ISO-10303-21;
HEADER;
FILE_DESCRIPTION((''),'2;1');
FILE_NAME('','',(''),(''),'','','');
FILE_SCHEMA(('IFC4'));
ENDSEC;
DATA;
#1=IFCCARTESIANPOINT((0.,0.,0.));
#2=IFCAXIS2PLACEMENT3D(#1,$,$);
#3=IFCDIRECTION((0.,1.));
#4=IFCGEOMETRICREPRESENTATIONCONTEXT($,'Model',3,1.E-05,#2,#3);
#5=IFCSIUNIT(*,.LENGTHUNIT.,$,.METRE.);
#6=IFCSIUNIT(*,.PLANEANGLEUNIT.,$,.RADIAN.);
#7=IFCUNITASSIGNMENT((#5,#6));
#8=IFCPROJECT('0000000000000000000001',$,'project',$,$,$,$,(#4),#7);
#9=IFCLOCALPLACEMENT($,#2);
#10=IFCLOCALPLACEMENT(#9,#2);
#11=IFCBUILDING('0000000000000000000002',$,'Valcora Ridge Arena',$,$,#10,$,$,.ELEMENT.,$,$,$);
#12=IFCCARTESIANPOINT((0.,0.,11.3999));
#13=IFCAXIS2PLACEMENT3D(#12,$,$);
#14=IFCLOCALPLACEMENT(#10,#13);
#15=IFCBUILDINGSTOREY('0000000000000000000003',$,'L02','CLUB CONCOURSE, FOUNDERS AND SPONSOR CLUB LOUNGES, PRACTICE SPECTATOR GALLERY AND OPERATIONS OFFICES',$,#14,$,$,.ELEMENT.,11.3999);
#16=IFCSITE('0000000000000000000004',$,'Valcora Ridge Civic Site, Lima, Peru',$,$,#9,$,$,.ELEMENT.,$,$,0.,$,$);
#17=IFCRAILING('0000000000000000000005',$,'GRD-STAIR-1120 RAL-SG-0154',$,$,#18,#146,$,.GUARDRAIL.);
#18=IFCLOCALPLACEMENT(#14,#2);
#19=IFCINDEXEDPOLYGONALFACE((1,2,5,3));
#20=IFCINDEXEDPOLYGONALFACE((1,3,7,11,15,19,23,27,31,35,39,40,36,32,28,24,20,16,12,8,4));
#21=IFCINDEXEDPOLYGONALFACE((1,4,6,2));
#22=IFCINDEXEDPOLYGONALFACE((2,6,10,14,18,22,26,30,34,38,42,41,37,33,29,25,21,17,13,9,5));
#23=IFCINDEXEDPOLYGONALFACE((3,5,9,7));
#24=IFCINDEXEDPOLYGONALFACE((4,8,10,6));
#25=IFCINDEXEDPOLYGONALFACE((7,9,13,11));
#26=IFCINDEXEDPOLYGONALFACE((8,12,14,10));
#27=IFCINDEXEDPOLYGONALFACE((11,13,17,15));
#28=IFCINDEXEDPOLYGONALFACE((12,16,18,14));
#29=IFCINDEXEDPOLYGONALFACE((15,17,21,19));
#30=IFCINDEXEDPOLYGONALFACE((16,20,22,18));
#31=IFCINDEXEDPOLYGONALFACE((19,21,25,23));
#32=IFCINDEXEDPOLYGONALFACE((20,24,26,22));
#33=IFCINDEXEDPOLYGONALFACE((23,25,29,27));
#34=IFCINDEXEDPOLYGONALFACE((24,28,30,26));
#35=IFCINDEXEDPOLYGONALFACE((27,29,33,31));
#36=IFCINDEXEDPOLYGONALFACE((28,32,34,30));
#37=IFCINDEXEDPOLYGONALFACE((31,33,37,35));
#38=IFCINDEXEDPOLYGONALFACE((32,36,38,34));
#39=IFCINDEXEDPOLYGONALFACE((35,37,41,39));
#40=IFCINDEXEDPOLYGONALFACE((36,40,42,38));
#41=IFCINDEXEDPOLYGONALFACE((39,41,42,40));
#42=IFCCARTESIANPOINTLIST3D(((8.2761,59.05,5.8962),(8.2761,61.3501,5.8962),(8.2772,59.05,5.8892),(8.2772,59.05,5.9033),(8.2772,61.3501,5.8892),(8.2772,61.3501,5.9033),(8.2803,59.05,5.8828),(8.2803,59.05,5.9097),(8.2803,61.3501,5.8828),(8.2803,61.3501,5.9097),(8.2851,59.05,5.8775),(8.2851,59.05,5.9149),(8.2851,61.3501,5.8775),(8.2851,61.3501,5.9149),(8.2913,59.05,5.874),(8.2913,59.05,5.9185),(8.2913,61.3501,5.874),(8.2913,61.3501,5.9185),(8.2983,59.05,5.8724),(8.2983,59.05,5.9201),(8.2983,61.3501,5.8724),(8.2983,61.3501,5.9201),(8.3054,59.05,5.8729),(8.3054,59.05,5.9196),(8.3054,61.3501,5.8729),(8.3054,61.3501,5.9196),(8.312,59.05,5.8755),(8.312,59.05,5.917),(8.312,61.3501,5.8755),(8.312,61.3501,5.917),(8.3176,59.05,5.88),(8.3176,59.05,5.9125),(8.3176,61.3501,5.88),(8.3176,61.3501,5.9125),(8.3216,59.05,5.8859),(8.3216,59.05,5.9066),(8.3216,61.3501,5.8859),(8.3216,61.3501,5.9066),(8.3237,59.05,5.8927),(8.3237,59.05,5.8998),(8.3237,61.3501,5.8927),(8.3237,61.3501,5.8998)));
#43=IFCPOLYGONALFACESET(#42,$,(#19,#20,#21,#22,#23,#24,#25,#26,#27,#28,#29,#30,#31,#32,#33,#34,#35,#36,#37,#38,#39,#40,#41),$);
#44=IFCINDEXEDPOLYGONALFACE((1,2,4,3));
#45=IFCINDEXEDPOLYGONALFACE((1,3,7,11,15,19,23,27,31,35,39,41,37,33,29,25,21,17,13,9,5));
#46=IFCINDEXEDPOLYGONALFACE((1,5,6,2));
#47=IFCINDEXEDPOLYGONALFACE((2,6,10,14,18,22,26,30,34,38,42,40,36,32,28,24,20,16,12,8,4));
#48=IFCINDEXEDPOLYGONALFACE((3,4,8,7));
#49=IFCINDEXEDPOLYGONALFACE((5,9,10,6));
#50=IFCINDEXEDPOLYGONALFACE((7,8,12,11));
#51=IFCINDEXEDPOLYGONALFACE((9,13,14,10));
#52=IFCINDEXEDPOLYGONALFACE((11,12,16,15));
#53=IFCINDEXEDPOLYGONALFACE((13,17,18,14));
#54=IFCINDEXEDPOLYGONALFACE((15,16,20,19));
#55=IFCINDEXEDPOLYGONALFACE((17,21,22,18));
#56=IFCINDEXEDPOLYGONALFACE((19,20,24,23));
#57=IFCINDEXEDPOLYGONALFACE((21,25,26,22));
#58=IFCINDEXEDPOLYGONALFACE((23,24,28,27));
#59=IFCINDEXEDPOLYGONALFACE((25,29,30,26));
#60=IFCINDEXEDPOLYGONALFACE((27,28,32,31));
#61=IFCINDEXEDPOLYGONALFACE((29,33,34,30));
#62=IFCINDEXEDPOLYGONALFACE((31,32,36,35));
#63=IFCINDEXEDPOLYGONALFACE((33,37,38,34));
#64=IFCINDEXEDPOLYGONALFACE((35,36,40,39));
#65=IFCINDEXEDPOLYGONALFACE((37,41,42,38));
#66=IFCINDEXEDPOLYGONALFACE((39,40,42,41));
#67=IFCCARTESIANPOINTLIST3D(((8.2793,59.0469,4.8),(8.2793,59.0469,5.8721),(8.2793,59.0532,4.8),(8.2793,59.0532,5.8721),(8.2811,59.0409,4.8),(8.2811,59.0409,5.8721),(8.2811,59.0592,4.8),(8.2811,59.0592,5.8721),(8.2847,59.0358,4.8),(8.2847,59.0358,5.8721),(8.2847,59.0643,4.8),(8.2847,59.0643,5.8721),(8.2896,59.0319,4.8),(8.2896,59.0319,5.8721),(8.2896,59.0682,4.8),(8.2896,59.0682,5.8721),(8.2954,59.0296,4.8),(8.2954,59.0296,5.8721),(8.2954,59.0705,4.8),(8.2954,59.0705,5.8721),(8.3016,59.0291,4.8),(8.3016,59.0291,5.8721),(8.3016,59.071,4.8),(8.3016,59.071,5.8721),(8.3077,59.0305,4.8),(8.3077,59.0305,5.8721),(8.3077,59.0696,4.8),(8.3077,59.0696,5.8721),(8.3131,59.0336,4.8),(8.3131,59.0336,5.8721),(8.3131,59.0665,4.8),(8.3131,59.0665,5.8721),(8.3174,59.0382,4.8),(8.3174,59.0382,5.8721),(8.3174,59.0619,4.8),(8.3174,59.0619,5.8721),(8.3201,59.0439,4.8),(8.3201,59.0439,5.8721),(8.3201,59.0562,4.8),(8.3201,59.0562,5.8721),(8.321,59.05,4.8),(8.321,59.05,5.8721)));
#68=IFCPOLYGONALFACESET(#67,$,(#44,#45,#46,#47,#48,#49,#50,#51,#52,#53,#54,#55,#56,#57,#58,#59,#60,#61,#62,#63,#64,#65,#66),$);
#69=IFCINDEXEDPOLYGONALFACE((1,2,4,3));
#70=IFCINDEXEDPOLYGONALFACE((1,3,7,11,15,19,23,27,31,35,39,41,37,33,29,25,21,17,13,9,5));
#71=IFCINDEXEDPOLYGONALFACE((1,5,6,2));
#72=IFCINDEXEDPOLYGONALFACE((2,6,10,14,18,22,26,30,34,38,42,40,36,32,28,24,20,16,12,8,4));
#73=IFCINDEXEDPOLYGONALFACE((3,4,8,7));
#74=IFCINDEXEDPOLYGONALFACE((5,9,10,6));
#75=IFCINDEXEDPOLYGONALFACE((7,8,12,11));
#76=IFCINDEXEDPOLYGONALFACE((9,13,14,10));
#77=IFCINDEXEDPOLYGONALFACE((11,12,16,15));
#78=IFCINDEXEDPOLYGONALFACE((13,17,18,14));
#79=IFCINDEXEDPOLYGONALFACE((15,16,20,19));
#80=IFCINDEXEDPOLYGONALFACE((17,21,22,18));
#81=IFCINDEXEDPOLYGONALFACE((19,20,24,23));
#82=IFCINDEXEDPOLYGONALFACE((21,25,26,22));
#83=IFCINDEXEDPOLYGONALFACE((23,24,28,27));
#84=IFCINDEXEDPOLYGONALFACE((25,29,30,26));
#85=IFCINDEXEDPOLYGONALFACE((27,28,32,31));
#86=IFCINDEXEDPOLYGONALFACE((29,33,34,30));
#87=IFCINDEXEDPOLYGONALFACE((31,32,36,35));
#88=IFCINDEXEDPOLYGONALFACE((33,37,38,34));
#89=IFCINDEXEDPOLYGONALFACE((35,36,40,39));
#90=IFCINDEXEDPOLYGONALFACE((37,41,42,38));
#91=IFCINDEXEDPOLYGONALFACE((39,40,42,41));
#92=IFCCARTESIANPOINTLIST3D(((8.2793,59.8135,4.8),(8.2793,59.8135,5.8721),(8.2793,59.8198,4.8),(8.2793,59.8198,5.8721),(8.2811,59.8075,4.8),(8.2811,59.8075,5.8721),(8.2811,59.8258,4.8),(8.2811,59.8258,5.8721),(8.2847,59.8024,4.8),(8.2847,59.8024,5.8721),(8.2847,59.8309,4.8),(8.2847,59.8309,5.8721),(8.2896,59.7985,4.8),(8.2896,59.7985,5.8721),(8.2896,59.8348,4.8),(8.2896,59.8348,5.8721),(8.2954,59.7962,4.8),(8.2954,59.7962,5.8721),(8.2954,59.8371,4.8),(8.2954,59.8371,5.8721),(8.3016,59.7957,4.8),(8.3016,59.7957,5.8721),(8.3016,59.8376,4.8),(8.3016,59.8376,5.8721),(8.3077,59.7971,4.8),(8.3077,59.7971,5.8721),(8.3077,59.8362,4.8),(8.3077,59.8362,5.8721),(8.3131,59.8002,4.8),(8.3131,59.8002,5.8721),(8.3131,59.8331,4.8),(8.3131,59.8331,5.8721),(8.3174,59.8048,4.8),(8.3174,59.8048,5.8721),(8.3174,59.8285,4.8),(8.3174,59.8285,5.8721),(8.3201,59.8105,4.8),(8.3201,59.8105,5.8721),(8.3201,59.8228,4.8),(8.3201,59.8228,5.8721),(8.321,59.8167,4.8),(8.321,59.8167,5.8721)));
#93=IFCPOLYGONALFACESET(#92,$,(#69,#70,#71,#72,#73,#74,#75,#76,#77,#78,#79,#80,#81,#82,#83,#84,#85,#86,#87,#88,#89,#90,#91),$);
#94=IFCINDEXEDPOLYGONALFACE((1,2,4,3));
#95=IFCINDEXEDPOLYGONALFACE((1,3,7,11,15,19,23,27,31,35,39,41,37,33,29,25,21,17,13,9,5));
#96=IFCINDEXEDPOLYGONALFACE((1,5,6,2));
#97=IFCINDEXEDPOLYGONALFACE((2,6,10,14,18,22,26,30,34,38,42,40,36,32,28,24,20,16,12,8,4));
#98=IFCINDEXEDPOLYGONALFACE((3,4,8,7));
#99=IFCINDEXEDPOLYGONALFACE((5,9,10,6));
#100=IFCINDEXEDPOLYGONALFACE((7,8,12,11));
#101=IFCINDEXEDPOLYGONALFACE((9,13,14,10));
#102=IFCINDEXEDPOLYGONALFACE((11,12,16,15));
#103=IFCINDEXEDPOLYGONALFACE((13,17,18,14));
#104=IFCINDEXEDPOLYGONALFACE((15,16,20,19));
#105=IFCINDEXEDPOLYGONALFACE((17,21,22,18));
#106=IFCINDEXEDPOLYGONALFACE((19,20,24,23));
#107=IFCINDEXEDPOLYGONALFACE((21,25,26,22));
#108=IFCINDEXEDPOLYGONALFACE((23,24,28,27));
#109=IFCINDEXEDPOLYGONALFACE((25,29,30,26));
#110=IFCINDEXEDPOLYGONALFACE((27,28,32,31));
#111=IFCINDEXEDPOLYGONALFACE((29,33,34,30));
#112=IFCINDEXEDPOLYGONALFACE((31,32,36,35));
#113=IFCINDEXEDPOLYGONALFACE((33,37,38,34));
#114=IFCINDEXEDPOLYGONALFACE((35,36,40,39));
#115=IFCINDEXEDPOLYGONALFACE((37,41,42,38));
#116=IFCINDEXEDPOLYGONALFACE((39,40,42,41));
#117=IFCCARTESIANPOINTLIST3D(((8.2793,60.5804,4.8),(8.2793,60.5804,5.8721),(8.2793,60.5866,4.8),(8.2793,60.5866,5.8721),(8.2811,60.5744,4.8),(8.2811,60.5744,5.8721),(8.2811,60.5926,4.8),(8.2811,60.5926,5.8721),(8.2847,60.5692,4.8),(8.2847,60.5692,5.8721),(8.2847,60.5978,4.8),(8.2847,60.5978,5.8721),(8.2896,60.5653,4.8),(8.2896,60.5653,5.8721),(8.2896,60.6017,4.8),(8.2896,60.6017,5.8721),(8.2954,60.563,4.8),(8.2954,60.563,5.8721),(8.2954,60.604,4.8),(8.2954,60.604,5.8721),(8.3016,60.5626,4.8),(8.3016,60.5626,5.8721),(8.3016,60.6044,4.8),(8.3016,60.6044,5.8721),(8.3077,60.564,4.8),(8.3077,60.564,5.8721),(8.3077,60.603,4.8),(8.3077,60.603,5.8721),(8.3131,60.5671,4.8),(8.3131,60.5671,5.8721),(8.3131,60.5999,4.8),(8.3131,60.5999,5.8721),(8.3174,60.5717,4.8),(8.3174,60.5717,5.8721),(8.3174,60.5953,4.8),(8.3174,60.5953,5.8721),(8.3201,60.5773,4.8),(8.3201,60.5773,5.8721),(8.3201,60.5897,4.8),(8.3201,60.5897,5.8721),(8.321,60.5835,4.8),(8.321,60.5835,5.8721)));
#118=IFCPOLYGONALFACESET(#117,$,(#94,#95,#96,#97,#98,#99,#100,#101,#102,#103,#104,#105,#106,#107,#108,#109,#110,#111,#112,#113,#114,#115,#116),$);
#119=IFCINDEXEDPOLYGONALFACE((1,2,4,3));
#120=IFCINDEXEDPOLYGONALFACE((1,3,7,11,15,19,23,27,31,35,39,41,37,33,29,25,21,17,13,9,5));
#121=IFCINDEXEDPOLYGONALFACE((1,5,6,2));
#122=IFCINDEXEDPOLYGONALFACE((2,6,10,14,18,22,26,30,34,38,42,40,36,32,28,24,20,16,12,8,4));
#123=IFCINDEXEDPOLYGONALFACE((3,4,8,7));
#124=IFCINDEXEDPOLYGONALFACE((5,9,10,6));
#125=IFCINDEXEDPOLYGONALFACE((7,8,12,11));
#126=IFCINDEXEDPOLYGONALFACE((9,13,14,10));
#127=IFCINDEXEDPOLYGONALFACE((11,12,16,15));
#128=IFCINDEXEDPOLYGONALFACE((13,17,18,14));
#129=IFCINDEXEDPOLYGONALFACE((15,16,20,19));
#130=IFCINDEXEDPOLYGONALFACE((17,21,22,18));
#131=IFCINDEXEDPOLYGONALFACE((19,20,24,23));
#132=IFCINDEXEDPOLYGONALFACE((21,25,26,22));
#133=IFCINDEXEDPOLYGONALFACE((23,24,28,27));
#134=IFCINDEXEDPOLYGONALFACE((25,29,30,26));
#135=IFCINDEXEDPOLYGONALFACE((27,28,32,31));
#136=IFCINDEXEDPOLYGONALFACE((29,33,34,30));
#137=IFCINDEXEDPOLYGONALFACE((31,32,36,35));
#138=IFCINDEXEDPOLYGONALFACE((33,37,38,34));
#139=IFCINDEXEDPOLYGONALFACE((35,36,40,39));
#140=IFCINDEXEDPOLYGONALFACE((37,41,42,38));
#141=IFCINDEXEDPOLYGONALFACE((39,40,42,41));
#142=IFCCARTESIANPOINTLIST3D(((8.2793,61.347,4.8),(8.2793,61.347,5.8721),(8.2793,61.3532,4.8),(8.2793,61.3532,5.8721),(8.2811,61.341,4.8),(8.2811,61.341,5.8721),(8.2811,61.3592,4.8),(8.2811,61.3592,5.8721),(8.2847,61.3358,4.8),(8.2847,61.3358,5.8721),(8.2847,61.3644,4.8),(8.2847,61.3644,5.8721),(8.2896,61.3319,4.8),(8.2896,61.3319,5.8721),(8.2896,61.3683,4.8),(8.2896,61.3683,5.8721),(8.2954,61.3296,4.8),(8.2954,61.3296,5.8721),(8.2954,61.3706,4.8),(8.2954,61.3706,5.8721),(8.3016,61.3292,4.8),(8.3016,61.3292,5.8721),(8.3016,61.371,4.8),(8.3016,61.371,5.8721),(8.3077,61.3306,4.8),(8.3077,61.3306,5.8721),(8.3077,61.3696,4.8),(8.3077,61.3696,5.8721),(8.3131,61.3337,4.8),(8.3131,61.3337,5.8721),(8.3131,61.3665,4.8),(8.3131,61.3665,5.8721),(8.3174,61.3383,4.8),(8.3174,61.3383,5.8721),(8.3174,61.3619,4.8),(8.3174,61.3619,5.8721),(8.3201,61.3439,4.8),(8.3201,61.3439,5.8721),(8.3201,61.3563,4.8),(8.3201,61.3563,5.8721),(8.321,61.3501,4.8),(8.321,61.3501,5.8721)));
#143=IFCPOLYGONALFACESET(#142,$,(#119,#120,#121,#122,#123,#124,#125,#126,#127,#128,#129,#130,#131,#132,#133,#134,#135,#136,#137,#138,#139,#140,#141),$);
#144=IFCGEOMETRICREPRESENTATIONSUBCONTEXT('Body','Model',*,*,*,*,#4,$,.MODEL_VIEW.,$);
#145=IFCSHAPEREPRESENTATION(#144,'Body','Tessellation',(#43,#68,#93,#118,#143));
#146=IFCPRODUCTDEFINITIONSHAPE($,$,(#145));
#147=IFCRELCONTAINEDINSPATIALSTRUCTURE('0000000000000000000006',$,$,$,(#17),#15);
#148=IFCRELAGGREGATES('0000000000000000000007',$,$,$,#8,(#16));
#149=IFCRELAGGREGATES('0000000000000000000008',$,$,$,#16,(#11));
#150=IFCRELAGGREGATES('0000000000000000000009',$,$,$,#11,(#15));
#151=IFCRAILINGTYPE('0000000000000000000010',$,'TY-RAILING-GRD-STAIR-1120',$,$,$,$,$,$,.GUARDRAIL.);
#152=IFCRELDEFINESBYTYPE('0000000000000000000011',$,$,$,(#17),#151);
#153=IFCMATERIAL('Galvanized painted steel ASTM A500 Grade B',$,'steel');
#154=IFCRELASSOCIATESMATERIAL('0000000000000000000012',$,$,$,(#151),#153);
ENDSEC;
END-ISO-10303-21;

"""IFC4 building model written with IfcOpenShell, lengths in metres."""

from ifc_helpers import new_model, si_unit, direction, frame, origin, origin_2d, place, context, subcontext, project, spatial, circle, extrude, material, type_object, element, save


model = new_model("IFC4")

# Units and contexts
model_context = context("Model", 3, precision=1e-05, world=origin(), true_north=direction((0.0, 1.0)))
body_context = subcontext(model_context, "Body", "Model", "MODEL_VIEW")
ifc_project = project(units=[si_unit("LENGTHUNIT", "METRE"), si_unit("PLANEANGLEUNIT", "RADIAN")], contexts=[model_context])

# Site, building, storey
site_placement = place(None, origin())
site = spatial("IfcSite", under=ifc_project, at=site_placement, Name="Valcora Ridge Civic Site, Lima, Peru", CompositionType="ELEMENT", RefElevation=0.0)
building_placement = place(site_placement, origin())
building = spatial("IfcBuilding", under=site, at=building_placement, Name="Valcora Ridge Arena", CompositionType="ELEMENT")
storey_placement = place(building_placement, frame((0.0, 0.0, 11.3999)))
storey = spatial("IfcBuildingStorey", under=building, at=storey_placement, Name="L02", Description="CLUB CONCOURSE, FOUNDERS AND SPONSOR CLUB LOUNGES, PRACTICE SPECTATOR GALLERY AND OPERATIONS OFFICES", CompositionType="ELEMENT", Elevation=11.3999)

# Railing
ifc_material_1 = material(Name="Galvanized painted steel ASTM A500 Grade B", Category="steel")
railing_type_1 = type_object("IfcRailingType", Name="TY-RAILING-GRD-STAIR-1120", PredefinedType="GUARDRAIL", material=ifc_material_1)
railing_1_placement = place(storey_placement, frame((8.3, 59.05, 4.8)))
element("IfcRailing", 1, at=railing_1_placement, inside=storey, type_object=railing_type_1, Name="GRD-STAIR-1120 RAL-SG-0154", PredefinedType="GUARDRAIL", context=body_context, shape_type="SweptSolid", body=[
    extrude(circle(Radius=0.0239, at=origin_2d()), frame((0.0, 0.0, 1.0962), z_axis=(0.0, 1.0, 0.0), x_axis=(-1.0, 0.0, 0.0)), (0.0, 0.0, 1.0), 2.3),
    extrude(circle(Radius=0.021, at=origin_2d()), origin(), (0.0, 0.0, 1.0), 1.072),
    extrude(circle(Radius=0.021, at=origin_2d()), frame((0.0, 0.7666, 0.0)), (0.0, 0.0, 1.0), 1.072),
    extrude(circle(Radius=0.021, at=origin_2d()), frame((0.0, 1.5334, 0.0)), (0.0, 0.0, 1.0), 1.072),
    extrude(circle(Radius=0.021, at=origin_2d()), frame((0.0, 2.3, 0.0)), (0.0, 0.0, 1.0), 1.072),
])

save(model, "model.ifc")
